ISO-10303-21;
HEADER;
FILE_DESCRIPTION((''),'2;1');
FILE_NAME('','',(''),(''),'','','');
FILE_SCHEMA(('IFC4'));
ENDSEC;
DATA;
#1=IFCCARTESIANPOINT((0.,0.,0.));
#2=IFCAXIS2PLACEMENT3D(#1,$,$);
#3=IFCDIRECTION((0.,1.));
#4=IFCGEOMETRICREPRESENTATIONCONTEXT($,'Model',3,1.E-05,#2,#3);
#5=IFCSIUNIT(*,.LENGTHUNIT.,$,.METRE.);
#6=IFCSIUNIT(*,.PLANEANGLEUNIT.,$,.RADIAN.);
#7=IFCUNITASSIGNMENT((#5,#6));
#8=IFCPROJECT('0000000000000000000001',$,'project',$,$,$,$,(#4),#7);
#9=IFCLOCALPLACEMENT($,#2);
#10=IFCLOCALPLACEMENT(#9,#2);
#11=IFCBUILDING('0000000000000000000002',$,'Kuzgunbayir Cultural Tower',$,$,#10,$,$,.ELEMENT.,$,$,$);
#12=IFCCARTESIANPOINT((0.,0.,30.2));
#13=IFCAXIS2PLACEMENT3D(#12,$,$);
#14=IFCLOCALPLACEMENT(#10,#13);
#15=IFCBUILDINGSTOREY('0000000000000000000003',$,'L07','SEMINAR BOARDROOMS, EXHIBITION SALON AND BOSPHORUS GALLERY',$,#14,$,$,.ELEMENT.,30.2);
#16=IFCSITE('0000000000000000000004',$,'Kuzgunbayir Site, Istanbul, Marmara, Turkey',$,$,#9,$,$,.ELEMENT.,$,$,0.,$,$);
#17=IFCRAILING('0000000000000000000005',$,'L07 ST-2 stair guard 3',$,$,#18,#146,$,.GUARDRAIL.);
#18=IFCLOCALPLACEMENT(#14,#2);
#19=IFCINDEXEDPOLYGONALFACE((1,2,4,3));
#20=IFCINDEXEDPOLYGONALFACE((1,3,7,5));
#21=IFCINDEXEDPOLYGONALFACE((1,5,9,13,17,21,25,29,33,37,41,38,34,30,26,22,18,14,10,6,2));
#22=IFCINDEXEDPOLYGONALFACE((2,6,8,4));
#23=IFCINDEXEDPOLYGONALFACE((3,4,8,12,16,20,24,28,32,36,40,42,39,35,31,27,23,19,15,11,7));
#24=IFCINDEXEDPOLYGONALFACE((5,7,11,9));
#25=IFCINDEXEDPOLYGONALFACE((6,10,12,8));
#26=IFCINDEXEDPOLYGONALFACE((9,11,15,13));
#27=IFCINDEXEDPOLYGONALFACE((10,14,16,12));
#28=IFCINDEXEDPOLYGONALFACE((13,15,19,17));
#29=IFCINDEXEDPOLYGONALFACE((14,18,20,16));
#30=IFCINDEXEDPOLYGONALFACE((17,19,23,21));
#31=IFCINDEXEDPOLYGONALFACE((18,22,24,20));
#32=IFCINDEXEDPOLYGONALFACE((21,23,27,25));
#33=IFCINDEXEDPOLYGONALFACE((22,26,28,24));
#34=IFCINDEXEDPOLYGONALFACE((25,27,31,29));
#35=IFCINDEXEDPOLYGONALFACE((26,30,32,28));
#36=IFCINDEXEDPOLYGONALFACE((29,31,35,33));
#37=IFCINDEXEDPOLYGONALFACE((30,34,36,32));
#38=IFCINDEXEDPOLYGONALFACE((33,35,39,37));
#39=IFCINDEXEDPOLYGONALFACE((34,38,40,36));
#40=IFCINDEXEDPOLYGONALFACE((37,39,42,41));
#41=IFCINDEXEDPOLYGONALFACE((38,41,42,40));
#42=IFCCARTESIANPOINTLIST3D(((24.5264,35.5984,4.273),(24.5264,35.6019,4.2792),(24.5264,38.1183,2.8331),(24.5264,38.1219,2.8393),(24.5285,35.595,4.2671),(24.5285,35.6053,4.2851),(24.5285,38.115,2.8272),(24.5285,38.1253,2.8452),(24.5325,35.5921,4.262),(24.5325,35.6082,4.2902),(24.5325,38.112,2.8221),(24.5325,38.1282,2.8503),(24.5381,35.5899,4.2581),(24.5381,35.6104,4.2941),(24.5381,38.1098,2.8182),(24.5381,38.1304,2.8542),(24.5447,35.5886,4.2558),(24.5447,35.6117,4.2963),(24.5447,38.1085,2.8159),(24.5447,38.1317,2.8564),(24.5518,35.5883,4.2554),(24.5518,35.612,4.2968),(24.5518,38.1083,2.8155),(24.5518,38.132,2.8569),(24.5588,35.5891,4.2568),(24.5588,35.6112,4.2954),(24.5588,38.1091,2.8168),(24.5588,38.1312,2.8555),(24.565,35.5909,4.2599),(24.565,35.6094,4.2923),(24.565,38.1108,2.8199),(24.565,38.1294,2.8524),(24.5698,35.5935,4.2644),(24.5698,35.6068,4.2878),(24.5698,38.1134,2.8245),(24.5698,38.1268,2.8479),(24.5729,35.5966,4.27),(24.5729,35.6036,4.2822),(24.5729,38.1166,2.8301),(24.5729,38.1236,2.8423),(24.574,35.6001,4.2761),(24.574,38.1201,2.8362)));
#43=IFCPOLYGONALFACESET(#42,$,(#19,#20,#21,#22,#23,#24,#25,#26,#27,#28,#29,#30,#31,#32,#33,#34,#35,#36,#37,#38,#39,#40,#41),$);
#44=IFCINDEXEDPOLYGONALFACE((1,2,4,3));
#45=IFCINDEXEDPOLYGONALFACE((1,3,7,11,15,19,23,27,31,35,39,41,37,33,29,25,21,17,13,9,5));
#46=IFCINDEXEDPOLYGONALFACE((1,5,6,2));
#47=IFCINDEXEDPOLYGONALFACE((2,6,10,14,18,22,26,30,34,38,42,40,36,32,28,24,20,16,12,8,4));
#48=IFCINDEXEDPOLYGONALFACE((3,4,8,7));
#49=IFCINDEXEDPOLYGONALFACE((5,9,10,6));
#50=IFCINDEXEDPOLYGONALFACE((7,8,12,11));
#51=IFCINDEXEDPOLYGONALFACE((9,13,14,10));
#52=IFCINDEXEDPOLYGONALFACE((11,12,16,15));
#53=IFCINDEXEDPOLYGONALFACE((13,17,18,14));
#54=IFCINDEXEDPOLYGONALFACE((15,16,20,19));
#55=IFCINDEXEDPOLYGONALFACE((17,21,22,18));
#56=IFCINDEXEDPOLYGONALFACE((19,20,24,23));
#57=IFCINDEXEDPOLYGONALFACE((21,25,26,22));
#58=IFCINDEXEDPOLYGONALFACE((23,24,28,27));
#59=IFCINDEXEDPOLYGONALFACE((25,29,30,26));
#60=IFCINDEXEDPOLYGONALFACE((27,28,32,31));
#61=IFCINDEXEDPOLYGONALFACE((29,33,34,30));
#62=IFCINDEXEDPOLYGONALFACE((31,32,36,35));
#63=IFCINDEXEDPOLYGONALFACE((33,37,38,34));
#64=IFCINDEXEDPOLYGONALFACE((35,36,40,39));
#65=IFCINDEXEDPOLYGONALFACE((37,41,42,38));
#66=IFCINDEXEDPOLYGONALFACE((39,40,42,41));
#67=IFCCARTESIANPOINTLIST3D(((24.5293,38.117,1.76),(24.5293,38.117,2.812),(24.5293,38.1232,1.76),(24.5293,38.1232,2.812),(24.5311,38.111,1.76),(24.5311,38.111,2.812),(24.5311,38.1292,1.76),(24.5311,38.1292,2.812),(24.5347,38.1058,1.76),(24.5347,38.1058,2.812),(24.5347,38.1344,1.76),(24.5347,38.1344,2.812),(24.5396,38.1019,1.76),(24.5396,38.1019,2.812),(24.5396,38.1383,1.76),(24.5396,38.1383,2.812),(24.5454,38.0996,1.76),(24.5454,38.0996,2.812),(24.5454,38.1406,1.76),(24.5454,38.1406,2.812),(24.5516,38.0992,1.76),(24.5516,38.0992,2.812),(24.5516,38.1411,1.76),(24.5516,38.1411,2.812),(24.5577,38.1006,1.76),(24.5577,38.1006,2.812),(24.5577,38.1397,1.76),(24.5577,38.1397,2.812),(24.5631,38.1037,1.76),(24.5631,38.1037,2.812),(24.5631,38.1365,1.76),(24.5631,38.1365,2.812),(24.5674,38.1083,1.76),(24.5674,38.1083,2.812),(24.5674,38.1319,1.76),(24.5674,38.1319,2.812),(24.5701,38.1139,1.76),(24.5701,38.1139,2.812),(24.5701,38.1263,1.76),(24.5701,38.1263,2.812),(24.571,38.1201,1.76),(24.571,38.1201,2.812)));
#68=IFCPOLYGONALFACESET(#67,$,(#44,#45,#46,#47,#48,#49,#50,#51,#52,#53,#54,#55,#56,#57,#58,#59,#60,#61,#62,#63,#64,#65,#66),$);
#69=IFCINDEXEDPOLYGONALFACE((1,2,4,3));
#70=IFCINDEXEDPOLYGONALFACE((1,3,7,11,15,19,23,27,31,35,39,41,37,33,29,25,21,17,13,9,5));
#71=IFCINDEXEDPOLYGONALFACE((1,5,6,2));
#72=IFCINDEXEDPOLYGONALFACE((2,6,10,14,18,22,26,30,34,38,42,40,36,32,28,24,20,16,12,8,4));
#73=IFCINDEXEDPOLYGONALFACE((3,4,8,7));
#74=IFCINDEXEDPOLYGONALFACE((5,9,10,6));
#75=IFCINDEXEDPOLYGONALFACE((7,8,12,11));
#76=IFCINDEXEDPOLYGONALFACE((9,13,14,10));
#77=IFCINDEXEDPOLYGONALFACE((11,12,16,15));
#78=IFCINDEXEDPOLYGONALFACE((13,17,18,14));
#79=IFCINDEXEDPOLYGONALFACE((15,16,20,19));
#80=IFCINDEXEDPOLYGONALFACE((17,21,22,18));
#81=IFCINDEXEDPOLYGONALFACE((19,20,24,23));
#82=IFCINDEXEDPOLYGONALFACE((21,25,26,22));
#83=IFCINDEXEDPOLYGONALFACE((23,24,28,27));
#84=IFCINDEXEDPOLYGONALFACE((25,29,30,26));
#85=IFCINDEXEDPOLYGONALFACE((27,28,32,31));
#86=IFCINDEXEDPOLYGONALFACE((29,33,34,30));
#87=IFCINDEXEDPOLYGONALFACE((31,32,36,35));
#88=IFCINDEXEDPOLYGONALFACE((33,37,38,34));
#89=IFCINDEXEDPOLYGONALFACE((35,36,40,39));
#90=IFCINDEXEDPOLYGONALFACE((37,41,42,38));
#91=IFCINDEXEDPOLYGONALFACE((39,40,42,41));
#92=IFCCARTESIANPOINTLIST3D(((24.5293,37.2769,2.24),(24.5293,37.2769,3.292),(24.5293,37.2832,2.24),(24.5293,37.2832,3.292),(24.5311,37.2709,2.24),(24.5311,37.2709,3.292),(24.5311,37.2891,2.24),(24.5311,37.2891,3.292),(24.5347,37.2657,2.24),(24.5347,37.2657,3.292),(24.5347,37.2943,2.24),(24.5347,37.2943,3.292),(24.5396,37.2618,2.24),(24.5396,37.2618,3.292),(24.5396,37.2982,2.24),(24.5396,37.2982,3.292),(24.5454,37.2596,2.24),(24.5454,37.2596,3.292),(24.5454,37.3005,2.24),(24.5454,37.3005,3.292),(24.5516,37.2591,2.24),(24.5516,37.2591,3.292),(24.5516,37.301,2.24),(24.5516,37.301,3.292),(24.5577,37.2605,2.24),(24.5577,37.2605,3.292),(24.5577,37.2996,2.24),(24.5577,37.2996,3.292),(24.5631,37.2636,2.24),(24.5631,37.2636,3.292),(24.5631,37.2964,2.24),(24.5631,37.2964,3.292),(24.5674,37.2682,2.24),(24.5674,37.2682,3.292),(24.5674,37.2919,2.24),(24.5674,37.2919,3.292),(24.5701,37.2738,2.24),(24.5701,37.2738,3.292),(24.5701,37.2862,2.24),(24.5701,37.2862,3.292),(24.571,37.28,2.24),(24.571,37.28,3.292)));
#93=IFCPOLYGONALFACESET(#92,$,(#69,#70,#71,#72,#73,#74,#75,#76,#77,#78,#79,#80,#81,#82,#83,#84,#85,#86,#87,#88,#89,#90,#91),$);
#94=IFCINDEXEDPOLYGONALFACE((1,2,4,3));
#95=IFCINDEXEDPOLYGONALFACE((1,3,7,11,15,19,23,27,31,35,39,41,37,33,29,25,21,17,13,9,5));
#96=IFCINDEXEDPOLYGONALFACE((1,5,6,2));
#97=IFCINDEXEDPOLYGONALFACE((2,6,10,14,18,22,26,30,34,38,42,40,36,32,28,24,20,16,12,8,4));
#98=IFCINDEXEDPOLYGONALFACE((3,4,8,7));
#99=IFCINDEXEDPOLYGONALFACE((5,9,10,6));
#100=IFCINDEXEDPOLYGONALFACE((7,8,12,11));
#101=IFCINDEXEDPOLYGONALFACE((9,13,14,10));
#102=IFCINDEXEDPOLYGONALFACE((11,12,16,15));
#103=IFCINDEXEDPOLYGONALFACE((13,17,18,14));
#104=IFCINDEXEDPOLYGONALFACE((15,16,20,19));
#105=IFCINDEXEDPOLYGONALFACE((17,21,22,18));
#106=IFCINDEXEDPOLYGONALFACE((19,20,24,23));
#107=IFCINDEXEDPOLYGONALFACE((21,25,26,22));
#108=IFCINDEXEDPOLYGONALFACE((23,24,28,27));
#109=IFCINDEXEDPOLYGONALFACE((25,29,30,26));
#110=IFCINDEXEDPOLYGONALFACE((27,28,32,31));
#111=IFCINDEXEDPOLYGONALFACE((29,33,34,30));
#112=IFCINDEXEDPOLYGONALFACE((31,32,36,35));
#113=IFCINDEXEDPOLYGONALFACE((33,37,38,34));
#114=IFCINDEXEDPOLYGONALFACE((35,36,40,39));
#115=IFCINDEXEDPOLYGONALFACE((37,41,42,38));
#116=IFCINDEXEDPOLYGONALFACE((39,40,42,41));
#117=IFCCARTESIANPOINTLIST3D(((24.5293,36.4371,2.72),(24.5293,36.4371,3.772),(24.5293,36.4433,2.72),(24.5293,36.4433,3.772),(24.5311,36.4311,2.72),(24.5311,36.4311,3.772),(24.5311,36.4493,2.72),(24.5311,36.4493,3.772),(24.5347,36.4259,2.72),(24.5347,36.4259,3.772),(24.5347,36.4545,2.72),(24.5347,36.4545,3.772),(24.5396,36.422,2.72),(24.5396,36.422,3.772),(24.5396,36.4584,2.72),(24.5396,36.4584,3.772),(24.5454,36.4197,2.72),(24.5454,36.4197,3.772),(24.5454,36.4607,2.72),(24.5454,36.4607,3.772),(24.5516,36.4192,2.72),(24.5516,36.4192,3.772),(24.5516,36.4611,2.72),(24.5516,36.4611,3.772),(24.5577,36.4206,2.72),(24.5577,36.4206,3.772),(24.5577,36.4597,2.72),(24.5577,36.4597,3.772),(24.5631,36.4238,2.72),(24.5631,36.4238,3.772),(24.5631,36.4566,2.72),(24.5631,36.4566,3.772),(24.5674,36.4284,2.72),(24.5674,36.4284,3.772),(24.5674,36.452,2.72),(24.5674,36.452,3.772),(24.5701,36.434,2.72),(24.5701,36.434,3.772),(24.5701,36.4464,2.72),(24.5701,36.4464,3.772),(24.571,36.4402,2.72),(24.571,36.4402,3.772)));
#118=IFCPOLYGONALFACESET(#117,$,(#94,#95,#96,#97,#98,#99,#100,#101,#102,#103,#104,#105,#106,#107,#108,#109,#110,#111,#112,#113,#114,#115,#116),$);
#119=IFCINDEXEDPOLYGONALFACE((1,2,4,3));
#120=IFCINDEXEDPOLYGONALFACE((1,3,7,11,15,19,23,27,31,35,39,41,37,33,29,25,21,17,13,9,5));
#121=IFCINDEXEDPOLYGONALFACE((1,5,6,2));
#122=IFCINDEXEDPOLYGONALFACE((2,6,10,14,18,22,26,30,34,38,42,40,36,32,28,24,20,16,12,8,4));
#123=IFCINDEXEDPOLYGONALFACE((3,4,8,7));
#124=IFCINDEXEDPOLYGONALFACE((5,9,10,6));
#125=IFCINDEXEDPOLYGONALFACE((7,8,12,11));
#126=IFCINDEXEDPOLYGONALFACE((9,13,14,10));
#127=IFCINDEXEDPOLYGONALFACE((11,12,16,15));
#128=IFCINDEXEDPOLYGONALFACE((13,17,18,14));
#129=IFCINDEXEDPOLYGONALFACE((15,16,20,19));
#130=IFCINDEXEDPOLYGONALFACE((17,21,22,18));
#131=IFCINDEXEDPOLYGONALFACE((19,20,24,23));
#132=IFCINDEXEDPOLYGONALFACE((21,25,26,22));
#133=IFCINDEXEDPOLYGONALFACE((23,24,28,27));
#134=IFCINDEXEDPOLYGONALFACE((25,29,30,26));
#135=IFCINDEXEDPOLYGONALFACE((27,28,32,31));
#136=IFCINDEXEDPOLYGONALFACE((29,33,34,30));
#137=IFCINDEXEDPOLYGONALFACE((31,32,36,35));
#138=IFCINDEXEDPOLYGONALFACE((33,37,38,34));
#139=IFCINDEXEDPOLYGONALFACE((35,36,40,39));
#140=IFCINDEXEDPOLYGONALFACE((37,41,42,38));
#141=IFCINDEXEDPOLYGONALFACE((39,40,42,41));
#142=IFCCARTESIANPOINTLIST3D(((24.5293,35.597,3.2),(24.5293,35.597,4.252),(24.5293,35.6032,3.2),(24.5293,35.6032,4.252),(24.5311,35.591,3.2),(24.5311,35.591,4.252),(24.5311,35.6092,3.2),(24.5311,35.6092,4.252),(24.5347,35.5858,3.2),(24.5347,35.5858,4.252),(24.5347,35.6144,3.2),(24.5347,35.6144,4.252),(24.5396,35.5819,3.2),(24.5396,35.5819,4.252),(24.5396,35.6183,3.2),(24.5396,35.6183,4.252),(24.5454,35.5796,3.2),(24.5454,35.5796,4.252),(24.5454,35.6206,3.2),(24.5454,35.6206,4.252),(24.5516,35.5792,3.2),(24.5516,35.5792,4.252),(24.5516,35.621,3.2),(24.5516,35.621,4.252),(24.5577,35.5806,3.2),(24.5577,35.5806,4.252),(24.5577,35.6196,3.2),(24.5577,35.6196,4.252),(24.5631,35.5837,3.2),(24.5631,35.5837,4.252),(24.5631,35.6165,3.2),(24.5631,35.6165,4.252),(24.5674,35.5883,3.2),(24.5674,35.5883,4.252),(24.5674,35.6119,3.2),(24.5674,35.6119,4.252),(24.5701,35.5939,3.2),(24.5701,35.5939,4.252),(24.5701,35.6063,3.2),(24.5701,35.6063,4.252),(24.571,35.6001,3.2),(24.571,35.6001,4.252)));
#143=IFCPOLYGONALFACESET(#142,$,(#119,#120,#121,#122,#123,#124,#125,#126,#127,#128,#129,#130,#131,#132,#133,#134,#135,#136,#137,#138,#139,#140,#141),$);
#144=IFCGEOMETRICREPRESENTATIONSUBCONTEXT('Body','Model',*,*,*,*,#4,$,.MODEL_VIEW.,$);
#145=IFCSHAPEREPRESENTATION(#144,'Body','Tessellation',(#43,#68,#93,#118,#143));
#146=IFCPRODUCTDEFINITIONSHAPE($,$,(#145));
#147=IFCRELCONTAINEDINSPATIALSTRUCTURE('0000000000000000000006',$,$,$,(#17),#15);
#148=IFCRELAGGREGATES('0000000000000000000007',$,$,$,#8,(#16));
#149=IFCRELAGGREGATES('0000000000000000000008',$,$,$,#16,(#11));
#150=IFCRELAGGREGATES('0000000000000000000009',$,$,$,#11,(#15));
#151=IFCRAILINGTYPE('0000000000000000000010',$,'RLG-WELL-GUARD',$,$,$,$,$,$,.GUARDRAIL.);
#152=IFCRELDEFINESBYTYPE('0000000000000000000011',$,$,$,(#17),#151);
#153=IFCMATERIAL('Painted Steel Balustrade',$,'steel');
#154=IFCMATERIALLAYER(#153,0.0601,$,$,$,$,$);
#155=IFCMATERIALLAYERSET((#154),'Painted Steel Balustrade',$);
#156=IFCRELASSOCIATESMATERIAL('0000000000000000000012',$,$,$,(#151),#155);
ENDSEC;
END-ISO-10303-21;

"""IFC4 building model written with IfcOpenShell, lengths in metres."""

from ifc_helpers import new_model, si_unit, direction, frame, origin, origin_2d, place, context, subcontext, project, spatial, circle, extrude, material, layer, layer_set, type_object, element, save


model = new_model("IFC4")

# Units and contexts
model_context = context("Model", 3, precision=1e-05, world=origin(), true_north=direction((0.0, 1.0)))
body_context = subcontext(model_context, "Body", "Model", "MODEL_VIEW")
ifc_project = project(units=[si_unit("LENGTHUNIT", "METRE"), si_unit("PLANEANGLEUNIT", "RADIAN")], contexts=[model_context])

# Site, building, storey
site_placement = place(None, origin())
site = spatial("IfcSite", under=ifc_project, at=site_placement, Name="Kuzgunbayir Site, Istanbul, Marmara, Turkey", CompositionType="ELEMENT", RefElevation=0.0)
building_placement = place(site_placement, origin())
building = spatial("IfcBuilding", under=site, at=building_placement, Name="Kuzgunbayir Cultural Tower", CompositionType="ELEMENT")
storey_placement = place(building_placement, frame((0.0, 0.0, 30.2)))
storey = spatial("IfcBuildingStorey", under=building, at=storey_placement, Name="L07", Description="SEMINAR BOARDROOMS, EXHIBITION SALON AND BOSPHORUS GALLERY", CompositionType="ELEMENT", Elevation=30.2)

# Railing
ifc_material_1 = material(Name="Painted Steel Balustrade", Category="steel")
ifc_layer_1 = layer(ifc_material_1, 0.0601)
ifc_layer_set_1 = layer_set([ifc_layer_1], Name="Painted Steel Balustrade")
railing_type_1 = type_object("IfcRailingType", Name="RLG-WELL-GUARD", PredefinedType="GUARDRAIL", material=ifc_layer_set_1)
railing_1_placement = place(storey_placement, frame((24.55, 38.1201, 1.76)))
element("IfcRailing", 1, at=railing_1_placement, inside=storey, type_object=railing_type_1, Name="L07 ST-2 stair guard 3", PredefinedType="GUARDRAIL", context=body_context, shape_type="SweptSolid", body=[
    extrude(circle(Radius=0.0239, at=origin_2d()), frame((0.0, 0.0, 1.0762), z_axis=(0.0, -0.868253, 0.496121), x_axis=(1.0, 0.0, 0.0)), (0.0, 0.0, 1.0), 2.9023),
    extrude(circle(Radius=0.021, at=origin_2d()), origin(), (0.0, 0.0, 1.0), 1.052),
    extrude(circle(Radius=0.021, at=origin_2d()), frame((0.0, -0.8401, 0.48)), (0.0, 0.0, 1.0), 1.052),
    extrude(circle(Radius=0.021, at=origin_2d()), frame((0.0, -1.6799, 0.96)), (0.0, 0.0, 1.0), 1.052),
    extrude(circle(Radius=0.021, at=origin_2d()), frame((0.0, -2.52, 1.4399)), (0.0, 0.0, 1.0), 1.052),
])

save(model, "model.ifc")
